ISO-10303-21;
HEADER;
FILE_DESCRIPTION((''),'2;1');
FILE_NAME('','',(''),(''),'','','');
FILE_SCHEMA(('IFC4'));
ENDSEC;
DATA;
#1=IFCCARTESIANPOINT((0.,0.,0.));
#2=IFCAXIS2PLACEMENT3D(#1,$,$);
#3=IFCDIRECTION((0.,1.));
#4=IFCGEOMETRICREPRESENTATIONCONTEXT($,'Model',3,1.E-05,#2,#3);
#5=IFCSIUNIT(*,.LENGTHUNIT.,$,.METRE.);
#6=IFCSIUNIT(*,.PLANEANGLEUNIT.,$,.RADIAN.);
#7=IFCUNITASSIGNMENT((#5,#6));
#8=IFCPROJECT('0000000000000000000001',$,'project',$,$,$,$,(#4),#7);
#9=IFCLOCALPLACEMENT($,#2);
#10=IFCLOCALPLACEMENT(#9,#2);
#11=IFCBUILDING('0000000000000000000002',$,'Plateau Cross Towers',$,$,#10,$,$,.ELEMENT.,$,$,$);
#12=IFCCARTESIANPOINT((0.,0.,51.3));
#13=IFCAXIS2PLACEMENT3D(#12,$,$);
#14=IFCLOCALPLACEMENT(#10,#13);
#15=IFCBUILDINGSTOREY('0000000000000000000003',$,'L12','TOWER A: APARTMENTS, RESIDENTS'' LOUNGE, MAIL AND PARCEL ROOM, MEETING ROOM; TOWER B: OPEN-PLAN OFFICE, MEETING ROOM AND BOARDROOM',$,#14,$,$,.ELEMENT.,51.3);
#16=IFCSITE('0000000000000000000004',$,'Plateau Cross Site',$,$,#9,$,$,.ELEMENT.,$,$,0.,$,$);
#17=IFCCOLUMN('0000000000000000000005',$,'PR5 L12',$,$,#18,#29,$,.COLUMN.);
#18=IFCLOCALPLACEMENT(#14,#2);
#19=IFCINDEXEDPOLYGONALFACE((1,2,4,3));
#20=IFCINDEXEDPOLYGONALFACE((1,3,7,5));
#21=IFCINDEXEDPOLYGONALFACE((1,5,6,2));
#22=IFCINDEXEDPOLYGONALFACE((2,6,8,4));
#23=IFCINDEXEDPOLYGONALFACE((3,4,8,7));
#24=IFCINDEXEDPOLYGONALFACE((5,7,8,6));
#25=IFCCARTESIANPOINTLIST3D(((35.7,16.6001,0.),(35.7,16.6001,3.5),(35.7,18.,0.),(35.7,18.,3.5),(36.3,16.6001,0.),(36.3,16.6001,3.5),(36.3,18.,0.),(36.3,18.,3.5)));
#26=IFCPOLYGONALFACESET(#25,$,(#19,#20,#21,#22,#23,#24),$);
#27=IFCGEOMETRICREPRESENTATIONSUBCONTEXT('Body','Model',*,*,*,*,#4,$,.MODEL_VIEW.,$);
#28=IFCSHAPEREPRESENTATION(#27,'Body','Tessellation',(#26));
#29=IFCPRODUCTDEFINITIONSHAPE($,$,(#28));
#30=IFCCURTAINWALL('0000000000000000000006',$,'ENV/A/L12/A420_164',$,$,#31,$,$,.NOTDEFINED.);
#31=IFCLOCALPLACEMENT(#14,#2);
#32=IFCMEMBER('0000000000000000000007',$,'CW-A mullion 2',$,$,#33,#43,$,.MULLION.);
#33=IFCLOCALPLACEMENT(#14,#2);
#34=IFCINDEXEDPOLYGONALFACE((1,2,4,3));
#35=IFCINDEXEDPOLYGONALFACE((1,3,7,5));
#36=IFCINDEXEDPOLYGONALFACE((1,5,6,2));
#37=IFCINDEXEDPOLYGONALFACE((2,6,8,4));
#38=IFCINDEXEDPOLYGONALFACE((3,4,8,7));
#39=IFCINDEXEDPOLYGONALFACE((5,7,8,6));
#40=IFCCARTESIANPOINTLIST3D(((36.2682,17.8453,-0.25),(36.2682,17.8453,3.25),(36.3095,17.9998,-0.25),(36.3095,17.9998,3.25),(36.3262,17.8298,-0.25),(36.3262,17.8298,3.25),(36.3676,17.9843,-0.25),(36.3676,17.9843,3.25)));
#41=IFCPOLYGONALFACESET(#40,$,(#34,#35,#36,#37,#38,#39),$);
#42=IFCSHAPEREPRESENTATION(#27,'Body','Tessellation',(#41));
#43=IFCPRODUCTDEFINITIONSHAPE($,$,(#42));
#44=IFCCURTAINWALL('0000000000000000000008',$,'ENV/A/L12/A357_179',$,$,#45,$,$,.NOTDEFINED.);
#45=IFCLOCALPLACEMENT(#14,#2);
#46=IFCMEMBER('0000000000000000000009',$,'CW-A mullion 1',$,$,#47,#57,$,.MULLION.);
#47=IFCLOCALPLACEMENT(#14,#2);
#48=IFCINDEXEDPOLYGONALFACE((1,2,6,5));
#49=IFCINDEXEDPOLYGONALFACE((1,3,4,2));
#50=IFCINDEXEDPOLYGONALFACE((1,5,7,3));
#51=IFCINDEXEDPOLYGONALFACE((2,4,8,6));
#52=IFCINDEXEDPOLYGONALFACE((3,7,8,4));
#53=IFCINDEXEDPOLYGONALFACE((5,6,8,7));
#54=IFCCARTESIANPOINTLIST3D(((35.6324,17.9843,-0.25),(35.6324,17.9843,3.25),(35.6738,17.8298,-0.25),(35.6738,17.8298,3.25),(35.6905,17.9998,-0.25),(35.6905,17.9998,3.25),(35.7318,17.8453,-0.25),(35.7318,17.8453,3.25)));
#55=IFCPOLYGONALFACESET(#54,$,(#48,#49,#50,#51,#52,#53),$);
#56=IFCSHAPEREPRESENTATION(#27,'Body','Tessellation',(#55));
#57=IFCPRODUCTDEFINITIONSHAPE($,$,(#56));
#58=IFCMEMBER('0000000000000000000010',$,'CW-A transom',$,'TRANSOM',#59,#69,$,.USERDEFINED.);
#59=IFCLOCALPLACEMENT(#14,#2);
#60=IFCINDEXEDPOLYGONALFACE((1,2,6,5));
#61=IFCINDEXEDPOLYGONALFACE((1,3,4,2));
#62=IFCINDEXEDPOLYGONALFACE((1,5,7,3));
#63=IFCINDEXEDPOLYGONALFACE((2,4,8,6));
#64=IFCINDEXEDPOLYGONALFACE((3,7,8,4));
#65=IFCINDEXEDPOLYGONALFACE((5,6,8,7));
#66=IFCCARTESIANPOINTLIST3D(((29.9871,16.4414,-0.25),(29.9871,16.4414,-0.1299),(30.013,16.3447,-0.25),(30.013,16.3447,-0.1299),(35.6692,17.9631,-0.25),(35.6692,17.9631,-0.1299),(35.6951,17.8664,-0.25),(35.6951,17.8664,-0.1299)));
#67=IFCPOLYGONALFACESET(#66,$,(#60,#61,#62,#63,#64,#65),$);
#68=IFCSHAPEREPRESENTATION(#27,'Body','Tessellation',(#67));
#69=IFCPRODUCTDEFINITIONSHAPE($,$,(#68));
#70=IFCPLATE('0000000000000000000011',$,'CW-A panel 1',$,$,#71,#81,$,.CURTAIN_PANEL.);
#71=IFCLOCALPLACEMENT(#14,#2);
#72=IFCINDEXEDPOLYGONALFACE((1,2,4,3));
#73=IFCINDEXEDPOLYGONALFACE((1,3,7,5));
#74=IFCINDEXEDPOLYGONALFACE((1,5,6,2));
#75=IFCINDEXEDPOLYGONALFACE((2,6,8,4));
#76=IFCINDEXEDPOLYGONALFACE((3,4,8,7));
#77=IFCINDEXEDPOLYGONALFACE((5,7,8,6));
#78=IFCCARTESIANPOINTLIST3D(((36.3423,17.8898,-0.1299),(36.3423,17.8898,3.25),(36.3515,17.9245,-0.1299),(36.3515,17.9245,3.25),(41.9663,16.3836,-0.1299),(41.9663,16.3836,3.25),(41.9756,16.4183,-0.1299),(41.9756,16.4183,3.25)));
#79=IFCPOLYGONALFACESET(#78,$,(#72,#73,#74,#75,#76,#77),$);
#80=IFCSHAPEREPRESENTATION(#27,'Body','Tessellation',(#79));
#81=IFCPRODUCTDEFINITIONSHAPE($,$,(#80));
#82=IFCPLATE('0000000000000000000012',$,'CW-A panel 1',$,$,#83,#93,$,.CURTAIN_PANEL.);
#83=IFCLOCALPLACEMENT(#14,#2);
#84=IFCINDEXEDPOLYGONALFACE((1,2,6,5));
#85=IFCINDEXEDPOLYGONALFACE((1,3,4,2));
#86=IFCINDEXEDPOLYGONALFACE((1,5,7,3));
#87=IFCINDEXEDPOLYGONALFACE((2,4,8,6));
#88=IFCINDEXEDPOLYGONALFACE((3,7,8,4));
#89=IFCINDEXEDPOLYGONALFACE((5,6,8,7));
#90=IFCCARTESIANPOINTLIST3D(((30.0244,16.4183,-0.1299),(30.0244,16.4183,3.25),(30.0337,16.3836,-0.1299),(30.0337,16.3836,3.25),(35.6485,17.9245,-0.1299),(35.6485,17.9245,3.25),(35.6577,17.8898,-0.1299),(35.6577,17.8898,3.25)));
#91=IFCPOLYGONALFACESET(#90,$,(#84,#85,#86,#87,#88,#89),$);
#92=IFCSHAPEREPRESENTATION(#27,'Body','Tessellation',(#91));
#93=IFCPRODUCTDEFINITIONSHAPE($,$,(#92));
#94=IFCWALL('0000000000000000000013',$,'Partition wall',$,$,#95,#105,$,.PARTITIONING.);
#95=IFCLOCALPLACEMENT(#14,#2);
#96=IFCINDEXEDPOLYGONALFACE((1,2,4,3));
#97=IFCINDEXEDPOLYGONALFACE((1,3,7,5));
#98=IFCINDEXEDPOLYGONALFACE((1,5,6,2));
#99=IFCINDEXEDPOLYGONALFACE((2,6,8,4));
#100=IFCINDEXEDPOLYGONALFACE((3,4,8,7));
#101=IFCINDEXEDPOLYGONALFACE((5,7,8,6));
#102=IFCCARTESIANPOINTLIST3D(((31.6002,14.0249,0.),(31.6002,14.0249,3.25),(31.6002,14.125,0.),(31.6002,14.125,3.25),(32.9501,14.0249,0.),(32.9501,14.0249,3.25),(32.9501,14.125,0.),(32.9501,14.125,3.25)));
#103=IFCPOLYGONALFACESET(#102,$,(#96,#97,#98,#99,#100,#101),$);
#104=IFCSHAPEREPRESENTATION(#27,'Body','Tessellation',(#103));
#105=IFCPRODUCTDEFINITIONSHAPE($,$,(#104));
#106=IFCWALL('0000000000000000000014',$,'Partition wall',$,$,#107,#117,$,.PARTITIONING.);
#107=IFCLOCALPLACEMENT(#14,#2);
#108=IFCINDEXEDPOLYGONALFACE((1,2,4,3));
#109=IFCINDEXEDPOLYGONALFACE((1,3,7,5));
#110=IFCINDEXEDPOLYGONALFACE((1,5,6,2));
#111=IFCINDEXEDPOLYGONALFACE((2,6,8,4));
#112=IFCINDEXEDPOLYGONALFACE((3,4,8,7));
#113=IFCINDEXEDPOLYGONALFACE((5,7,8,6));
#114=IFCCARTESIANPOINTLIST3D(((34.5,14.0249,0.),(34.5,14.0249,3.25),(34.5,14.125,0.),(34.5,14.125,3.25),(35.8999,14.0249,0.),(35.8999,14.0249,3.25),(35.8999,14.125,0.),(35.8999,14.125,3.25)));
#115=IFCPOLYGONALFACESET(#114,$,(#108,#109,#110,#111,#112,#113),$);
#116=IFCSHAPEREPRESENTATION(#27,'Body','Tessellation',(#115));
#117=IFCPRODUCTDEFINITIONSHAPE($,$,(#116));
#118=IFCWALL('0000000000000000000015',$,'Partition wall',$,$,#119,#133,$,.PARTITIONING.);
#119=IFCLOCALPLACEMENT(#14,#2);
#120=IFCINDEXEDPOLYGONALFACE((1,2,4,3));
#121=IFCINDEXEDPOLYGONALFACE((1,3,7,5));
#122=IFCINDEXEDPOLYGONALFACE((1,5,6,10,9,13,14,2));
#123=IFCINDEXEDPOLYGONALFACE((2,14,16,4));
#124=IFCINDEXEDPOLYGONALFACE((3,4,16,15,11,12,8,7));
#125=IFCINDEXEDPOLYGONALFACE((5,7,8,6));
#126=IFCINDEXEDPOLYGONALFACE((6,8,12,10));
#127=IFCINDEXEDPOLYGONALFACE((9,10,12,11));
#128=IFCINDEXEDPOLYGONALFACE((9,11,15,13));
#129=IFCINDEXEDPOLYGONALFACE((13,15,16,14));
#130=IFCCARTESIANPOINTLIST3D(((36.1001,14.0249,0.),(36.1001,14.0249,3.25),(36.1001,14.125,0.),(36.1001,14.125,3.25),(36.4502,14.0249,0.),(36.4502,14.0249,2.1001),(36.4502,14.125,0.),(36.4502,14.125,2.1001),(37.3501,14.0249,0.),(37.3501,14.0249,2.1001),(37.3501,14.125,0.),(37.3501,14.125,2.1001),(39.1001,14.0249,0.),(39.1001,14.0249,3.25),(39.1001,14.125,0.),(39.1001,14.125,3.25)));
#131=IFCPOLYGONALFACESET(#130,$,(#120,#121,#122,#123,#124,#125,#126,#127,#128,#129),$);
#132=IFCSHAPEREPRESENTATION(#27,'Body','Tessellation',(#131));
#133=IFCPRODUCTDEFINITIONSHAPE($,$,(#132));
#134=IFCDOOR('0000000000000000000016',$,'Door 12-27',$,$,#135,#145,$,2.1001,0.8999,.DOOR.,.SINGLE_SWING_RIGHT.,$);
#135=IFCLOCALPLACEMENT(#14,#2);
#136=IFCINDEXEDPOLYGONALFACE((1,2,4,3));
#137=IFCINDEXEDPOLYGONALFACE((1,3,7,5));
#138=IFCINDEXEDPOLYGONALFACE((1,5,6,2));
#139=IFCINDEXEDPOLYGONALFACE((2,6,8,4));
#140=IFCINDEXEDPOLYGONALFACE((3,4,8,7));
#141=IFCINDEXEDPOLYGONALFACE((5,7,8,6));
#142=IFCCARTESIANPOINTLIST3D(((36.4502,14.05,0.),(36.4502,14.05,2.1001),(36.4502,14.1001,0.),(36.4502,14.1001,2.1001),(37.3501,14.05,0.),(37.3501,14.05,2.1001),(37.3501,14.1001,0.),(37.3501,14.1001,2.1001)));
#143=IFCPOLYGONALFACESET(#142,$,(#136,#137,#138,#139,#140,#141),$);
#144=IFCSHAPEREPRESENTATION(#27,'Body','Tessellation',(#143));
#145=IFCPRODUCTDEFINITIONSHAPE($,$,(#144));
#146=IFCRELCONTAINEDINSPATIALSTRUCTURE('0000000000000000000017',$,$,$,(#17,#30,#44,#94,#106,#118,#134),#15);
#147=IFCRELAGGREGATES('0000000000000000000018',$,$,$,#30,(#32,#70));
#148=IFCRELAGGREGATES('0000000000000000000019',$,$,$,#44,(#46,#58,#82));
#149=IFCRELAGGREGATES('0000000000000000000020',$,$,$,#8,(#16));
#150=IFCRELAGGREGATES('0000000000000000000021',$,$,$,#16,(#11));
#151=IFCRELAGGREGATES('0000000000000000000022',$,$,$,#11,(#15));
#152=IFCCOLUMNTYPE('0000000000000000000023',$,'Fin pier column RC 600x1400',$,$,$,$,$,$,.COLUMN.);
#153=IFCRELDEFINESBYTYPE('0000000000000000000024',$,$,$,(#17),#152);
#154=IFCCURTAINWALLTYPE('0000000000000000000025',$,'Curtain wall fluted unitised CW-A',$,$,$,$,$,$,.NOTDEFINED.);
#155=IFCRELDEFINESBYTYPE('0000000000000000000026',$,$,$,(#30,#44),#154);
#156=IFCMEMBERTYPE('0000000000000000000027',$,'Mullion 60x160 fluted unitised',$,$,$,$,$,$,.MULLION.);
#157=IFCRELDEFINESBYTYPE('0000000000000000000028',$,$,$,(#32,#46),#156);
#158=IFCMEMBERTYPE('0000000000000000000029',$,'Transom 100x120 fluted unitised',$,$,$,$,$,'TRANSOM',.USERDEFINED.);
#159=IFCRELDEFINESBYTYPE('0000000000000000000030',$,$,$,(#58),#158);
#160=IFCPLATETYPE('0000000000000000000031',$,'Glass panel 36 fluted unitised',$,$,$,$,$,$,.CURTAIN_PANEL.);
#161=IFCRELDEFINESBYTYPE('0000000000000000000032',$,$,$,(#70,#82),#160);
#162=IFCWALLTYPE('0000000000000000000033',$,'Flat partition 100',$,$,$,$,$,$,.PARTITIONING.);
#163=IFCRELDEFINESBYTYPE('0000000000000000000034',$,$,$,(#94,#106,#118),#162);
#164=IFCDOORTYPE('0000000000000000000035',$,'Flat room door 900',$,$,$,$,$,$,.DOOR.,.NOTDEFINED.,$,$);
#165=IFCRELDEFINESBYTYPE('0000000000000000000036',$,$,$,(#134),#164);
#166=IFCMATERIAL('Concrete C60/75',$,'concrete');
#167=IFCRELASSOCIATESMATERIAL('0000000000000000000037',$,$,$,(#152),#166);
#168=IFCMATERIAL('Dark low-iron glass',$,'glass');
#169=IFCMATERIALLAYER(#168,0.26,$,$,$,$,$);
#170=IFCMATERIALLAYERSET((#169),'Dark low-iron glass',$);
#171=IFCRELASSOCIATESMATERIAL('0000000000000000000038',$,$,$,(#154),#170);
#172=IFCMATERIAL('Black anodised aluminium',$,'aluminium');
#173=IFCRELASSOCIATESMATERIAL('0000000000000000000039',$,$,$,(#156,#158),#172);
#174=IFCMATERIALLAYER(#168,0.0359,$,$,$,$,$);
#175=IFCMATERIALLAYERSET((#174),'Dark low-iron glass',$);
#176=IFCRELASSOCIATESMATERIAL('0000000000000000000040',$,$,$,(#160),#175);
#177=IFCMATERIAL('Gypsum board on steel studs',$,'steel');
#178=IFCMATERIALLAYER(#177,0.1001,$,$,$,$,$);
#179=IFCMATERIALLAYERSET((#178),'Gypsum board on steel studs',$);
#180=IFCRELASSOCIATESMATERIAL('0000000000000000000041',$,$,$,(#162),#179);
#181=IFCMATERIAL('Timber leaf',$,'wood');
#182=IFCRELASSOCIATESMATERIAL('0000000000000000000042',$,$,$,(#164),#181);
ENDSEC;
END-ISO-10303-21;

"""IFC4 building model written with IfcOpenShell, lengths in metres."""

from ifc_helpers import new_model, si_unit, direction, frame, frame_2d, origin, origin_2d, place, context, subcontext, project, spatial, rectangle, extrude, material, layer, layer_set, material_profile, profile_set, type_object, element, fill, aggregate, save


model = new_model("IFC4")

# Units and contexts
model_context = context("Model", 3, precision=1e-05, world=origin(), true_north=direction((0.0, 1.0)))
body_context = subcontext(model_context, "Body", "Model", "MODEL_VIEW")
ifc_project = project(units=[si_unit("LENGTHUNIT", "METRE"), si_unit("PLANEANGLEUNIT", "RADIAN")], contexts=[model_context])

# Site, building, storey
site_placement = place(None, origin())
site = spatial("IfcSite", under=ifc_project, at=site_placement, Name="Plateau Cross Site", CompositionType="ELEMENT", RefElevation=0.0)
building_placement = place(site_placement, origin())
building = spatial("IfcBuilding", under=site, at=building_placement, Name="Plateau Cross Towers", CompositionType="ELEMENT")
storey_placement = place(building_placement, frame((0.0, 0.0, 51.3)))
storey = spatial("IfcBuildingStorey", under=building, at=storey_placement, Name="L12", Description="TOWER A: APARTMENTS, RESIDENTS' LOUNGE, MAIL AND PARCEL ROOM, MEETING ROOM; TOWER B: OPEN-PLAN OFFICE, MEETING ROOM AND BOARDROOM", CompositionType="ELEMENT", Elevation=51.3)

# Column
ifc_material_1 = material(Name="Concrete C60/75", Category="concrete")
ifc_material_profile_1 = material_profile(ifc_material_1, rectangle(XDim=0.6001, YDim=1.3999, at=origin_2d()), Name="RC 600x1400")
ifc_profile_set_1 = profile_set([ifc_material_profile_1], Name="Concrete C60/75")
column_type = type_object("IfcColumnType", Name="Fin pier column RC 600x1400", PredefinedType="COLUMN", material=ifc_profile_set_1)
column_placement = place(storey_placement, frame((36.0, 17.3, 0.0), z_axis=(0.0, 0.0, 1.0), x_axis=(1.0, 0.0, 0.0)))
element("IfcColumn", 1, at=column_placement, inside=storey, type_object=column_type, Name="PR5 L12", PredefinedType="COLUMN", context=body_context, shape_type="SweptSolid", body=[
    extrude(rectangle(XDim=0.6001, YDim=1.3999, at=origin_2d()), origin(), (0.0, 0.0, 1.0), 3.5),
])

# Curtain wall, member
ifc_material_2 = material(Name="Dark low-iron glass", Category="glass")
ifc_layer_1 = layer(ifc_material_2, 0.26)
ifc_layer_set_1 = layer_set([ifc_layer_1], Name="Dark low-iron glass")
curtain_wall_type = type_object("IfcCurtainWallType", Name="Curtain wall fluted unitised CW-A", PredefinedType="NOTDEFINED", material=ifc_layer_set_1)
curtain_wall_1_placement = place(storey_placement, origin())
curtain_wall_1 = element("IfcCurtainWall", 2, at=curtain_wall_1_placement, inside=storey, type_object=curtain_wall_type, Name="ENV/A/L12/A420_164", PredefinedType="NOTDEFINED")
ifc_material_3 = material(Name="Black anodised aluminium", Category="aluminium")
ifc_material_profile_2 = material_profile(ifc_material_3, rectangle(XDim=0.0601, YDim=0.1599, at=origin_2d()), Name="MULLION 60x160")
ifc_profile_set_2 = profile_set([ifc_material_profile_2], Name="Black anodised aluminium")
member_type_1 = type_object("IfcMemberType", Name="Mullion 60x160 fluted unitised", PredefinedType="MULLION", material=ifc_profile_set_2)
member_1_placement = place(storey_placement, frame((36.3179, 17.9148, -0.25), z_axis=(0.0, 0.0, 1.0), x_axis=(-0.965958, 0.258699, 0.0)))
member_1 = element("IfcMember", 3, at=member_1_placement, type_object=member_type_1, Name="CW-A mullion 2", PredefinedType="MULLION", context=body_context, shape_type="SweptSolid", body=[
    extrude(rectangle(XDim=0.0601, YDim=0.1599, at=origin_2d()), origin(), (0.0, 0.0, 1.0), 3.5),
])

# Curtain wall, members
curtain_wall_2_placement = place(storey_placement, origin())
curtain_wall_2 = element("IfcCurtainWall", 4, at=curtain_wall_2_placement, inside=storey, type_object=curtain_wall_type, Name="ENV/A/L12/A357_179", PredefinedType="NOTDEFINED")
member_2_placement = place(storey_placement, frame((35.6821, 17.9148, -0.25), z_axis=(0.0, 0.0, 1.0), x_axis=(-0.965958, -0.258699, 0.0)))
member_2 = element("IfcMember", 5, at=member_2_placement, type_object=member_type_1, Name="CW-A mullion 1", PredefinedType="MULLION", context=body_context, shape_type="SweptSolid", body=[
    extrude(rectangle(XDim=0.0601, YDim=0.1599, at=origin_2d()), origin(), (0.0, 0.0, 1.0), 3.5),
])
ifc_material_profile_3 = material_profile(ifc_material_3, rectangle(XDim=0.1001, YDim=0.1201, at=origin_2d()), Name="TRANSOM 100x120")
ifc_profile_set_3 = profile_set([ifc_material_profile_3], Name="Black anodised aluminium")
member_type_2 = type_object("IfcMemberType", Name="Transom 100x120 fluted unitised", ElementType="TRANSOM", PredefinedType="USERDEFINED", material=ifc_profile_set_3)
member_3_placement = place(storey_placement, frame((35.6821, 17.9148, -0.1899), z_axis=(-0.96596, -0.258693, 0.0), x_axis=(0.258693, -0.96596, 0.0)))
member_3 = element("IfcMember", 6, at=member_3_placement, type_object=member_type_2, Name="CW-A transom", ObjectType="TRANSOM", PredefinedType="USERDEFINED", context=body_context, shape_type="SweptSolid", body=[
    extrude(rectangle(XDim=0.1001, YDim=0.1201, at=origin_2d()), origin(), (0.0, 0.0, 1.0), 5.8823),
])

# Plates
ifc_layer_2 = layer(ifc_material_2, 0.0359)
ifc_layer_set_2 = layer_set([ifc_layer_2], Name="Dark low-iron glass")
plate_type = type_object("IfcPlateType", Name="Glass panel 36 fluted unitised", PredefinedType="CURTAIN_PANEL", material=ifc_layer_set_2)
plate_1_placement = place(storey_placement, frame((39.1589, 17.1541, -0.1299), z_axis=(0.0, 0.0, 1.0), x_axis=(-0.965958, 0.258699, 0.0)))
plate_1 = element("IfcPlate", 7, at=plate_1_placement, type_object=plate_type, Name="CW-A panel 1", PredefinedType="CURTAIN_PANEL", context=body_context, shape_type="SweptSolid", body=[
    extrude(rectangle(XDim=5.8223, YDim=0.0359, at=origin_2d()), origin(), (0.0, 0.0, 1.0), 3.3799),
])
aggregate(curtain_wall_1, [member_1, plate_1])
plate_2_placement = place(storey_placement, frame((32.8411, 17.1541, -0.1299), z_axis=(0.0, 0.0, 1.0), x_axis=(-0.965958, -0.258699, 0.0)))
plate_2 = element("IfcPlate", 8, at=plate_2_placement, type_object=plate_type, Name="CW-A panel 1", PredefinedType="CURTAIN_PANEL", context=body_context, shape_type="SweptSolid", body=[
    extrude(rectangle(XDim=5.8223, YDim=0.0359, at=origin_2d()), origin(), (0.0, 0.0, 1.0), 3.3799),
])
aggregate(curtain_wall_2, [member_2, member_3, plate_2])

# Walls
ifc_material_4 = material(Name="Gypsum board on steel studs", Category="steel")
ifc_layer_3 = layer(ifc_material_4, 0.1001)
ifc_layer_set_3 = layer_set([ifc_layer_3], Name="Gypsum board on steel studs")
wall_type_1 = type_object("IfcWallType", Name="Flat partition 100", PredefinedType="PARTITIONING", material=ifc_layer_set_3)
wall_1_placement = place(storey_placement, frame((32.95, 14.075, 0.0), z_axis=(0.0, 0.0, 1.0), x_axis=(-1.0, 0.0, 0.0)))
element("IfcWall", 9, at=wall_1_placement, inside=storey, type_object=wall_type_1, Name="Partition wall", PredefinedType="PARTITIONING", context=body_context, shape_type="SweptSolid", body=[
    extrude(rectangle(XDim=1.3499, YDim=0.1001, at=frame_2d((0.6748, 0.0))), origin(), (0.0, 0.0, 1.0), 3.25),
])
wall_2_placement = place(storey_placement, frame((35.8999, 14.075, 0.0), z_axis=(0.0, 0.0, 1.0), x_axis=(-1.0, 0.0, 0.0)))
element("IfcWall", 10, at=wall_2_placement, inside=storey, type_object=wall_type_1, Name="Partition wall", PredefinedType="PARTITIONING", context=body_context, shape_type="SweptSolid", body=[
    extrude(rectangle(XDim=1.3999, YDim=0.1001, at=frame_2d((0.7, 0.0))), origin(), (0.0, 0.0, 1.0), 3.25),
])

# Wall, opening, door
wall_3_placement = place(storey_placement, frame((39.1001, 14.075, 0.0), z_axis=(0.0, 0.0, 1.0), x_axis=(-1.0, 0.0, 0.0)))
wall_3 = element("IfcWall", 11, at=wall_3_placement, inside=storey, type_object=wall_type_1, Name="Partition wall", PredefinedType="PARTITIONING", context=body_context, shape_type="SweptSolid", body=[
    extrude(rectangle(XDim=3.0, YDim=0.1001, at=frame_2d((1.5, 0.0))), origin(), (0.0, 0.0, 1.0), 3.25),
])
opening_1_placement = place(wall_3_placement, frame((1.75, 0.0, 0.0)))
opening_1 = element("IfcOpeningElement", 12, at=opening_1_placement, cuts=wall_3, PredefinedType="OPENING", context=body_context, shape_type="SweptSolid", body=[
    extrude(rectangle(XDim=0.8999, YDim=2.1001, at=frame_2d((0.45, 1.05))), frame((0.0, 0.0601, 0.0), z_axis=(0.0, -1.0, 0.0), x_axis=(1.0, 0.0, 0.0)), (0.0, 0.0, 1.0), 0.1201),
])
ifc_material_5 = material(Name="Timber leaf", Category="wood")
door_type = type_object("IfcDoorType", Name="Flat room door 900", OperationType="NOTDEFINED", PredefinedType="DOOR", material=ifc_material_5)
door_1_placement = place(opening_1_placement, origin())
door_1 = element("IfcDoor", 13, at=door_1_placement, inside=storey, type_object=door_type, Name="Door 12-27", OperationType="SINGLE_SWING_RIGHT", OverallHeight=2.1001, OverallWidth=0.8999, PredefinedType="DOOR", context=body_context, shape_type="SweptSolid", body=[
    extrude(rectangle(XDim=0.8999, YDim=2.1001, at=frame_2d((0.45, 1.05))), frame((0.0, 0.0249, 0.0), z_axis=(0.0, -1.0, 0.0), x_axis=(1.0, 0.0, 0.0)), (0.0, 0.0, 1.0), 0.05),
])
fill(opening_1, door_1)

save(model, "model.ifc")
